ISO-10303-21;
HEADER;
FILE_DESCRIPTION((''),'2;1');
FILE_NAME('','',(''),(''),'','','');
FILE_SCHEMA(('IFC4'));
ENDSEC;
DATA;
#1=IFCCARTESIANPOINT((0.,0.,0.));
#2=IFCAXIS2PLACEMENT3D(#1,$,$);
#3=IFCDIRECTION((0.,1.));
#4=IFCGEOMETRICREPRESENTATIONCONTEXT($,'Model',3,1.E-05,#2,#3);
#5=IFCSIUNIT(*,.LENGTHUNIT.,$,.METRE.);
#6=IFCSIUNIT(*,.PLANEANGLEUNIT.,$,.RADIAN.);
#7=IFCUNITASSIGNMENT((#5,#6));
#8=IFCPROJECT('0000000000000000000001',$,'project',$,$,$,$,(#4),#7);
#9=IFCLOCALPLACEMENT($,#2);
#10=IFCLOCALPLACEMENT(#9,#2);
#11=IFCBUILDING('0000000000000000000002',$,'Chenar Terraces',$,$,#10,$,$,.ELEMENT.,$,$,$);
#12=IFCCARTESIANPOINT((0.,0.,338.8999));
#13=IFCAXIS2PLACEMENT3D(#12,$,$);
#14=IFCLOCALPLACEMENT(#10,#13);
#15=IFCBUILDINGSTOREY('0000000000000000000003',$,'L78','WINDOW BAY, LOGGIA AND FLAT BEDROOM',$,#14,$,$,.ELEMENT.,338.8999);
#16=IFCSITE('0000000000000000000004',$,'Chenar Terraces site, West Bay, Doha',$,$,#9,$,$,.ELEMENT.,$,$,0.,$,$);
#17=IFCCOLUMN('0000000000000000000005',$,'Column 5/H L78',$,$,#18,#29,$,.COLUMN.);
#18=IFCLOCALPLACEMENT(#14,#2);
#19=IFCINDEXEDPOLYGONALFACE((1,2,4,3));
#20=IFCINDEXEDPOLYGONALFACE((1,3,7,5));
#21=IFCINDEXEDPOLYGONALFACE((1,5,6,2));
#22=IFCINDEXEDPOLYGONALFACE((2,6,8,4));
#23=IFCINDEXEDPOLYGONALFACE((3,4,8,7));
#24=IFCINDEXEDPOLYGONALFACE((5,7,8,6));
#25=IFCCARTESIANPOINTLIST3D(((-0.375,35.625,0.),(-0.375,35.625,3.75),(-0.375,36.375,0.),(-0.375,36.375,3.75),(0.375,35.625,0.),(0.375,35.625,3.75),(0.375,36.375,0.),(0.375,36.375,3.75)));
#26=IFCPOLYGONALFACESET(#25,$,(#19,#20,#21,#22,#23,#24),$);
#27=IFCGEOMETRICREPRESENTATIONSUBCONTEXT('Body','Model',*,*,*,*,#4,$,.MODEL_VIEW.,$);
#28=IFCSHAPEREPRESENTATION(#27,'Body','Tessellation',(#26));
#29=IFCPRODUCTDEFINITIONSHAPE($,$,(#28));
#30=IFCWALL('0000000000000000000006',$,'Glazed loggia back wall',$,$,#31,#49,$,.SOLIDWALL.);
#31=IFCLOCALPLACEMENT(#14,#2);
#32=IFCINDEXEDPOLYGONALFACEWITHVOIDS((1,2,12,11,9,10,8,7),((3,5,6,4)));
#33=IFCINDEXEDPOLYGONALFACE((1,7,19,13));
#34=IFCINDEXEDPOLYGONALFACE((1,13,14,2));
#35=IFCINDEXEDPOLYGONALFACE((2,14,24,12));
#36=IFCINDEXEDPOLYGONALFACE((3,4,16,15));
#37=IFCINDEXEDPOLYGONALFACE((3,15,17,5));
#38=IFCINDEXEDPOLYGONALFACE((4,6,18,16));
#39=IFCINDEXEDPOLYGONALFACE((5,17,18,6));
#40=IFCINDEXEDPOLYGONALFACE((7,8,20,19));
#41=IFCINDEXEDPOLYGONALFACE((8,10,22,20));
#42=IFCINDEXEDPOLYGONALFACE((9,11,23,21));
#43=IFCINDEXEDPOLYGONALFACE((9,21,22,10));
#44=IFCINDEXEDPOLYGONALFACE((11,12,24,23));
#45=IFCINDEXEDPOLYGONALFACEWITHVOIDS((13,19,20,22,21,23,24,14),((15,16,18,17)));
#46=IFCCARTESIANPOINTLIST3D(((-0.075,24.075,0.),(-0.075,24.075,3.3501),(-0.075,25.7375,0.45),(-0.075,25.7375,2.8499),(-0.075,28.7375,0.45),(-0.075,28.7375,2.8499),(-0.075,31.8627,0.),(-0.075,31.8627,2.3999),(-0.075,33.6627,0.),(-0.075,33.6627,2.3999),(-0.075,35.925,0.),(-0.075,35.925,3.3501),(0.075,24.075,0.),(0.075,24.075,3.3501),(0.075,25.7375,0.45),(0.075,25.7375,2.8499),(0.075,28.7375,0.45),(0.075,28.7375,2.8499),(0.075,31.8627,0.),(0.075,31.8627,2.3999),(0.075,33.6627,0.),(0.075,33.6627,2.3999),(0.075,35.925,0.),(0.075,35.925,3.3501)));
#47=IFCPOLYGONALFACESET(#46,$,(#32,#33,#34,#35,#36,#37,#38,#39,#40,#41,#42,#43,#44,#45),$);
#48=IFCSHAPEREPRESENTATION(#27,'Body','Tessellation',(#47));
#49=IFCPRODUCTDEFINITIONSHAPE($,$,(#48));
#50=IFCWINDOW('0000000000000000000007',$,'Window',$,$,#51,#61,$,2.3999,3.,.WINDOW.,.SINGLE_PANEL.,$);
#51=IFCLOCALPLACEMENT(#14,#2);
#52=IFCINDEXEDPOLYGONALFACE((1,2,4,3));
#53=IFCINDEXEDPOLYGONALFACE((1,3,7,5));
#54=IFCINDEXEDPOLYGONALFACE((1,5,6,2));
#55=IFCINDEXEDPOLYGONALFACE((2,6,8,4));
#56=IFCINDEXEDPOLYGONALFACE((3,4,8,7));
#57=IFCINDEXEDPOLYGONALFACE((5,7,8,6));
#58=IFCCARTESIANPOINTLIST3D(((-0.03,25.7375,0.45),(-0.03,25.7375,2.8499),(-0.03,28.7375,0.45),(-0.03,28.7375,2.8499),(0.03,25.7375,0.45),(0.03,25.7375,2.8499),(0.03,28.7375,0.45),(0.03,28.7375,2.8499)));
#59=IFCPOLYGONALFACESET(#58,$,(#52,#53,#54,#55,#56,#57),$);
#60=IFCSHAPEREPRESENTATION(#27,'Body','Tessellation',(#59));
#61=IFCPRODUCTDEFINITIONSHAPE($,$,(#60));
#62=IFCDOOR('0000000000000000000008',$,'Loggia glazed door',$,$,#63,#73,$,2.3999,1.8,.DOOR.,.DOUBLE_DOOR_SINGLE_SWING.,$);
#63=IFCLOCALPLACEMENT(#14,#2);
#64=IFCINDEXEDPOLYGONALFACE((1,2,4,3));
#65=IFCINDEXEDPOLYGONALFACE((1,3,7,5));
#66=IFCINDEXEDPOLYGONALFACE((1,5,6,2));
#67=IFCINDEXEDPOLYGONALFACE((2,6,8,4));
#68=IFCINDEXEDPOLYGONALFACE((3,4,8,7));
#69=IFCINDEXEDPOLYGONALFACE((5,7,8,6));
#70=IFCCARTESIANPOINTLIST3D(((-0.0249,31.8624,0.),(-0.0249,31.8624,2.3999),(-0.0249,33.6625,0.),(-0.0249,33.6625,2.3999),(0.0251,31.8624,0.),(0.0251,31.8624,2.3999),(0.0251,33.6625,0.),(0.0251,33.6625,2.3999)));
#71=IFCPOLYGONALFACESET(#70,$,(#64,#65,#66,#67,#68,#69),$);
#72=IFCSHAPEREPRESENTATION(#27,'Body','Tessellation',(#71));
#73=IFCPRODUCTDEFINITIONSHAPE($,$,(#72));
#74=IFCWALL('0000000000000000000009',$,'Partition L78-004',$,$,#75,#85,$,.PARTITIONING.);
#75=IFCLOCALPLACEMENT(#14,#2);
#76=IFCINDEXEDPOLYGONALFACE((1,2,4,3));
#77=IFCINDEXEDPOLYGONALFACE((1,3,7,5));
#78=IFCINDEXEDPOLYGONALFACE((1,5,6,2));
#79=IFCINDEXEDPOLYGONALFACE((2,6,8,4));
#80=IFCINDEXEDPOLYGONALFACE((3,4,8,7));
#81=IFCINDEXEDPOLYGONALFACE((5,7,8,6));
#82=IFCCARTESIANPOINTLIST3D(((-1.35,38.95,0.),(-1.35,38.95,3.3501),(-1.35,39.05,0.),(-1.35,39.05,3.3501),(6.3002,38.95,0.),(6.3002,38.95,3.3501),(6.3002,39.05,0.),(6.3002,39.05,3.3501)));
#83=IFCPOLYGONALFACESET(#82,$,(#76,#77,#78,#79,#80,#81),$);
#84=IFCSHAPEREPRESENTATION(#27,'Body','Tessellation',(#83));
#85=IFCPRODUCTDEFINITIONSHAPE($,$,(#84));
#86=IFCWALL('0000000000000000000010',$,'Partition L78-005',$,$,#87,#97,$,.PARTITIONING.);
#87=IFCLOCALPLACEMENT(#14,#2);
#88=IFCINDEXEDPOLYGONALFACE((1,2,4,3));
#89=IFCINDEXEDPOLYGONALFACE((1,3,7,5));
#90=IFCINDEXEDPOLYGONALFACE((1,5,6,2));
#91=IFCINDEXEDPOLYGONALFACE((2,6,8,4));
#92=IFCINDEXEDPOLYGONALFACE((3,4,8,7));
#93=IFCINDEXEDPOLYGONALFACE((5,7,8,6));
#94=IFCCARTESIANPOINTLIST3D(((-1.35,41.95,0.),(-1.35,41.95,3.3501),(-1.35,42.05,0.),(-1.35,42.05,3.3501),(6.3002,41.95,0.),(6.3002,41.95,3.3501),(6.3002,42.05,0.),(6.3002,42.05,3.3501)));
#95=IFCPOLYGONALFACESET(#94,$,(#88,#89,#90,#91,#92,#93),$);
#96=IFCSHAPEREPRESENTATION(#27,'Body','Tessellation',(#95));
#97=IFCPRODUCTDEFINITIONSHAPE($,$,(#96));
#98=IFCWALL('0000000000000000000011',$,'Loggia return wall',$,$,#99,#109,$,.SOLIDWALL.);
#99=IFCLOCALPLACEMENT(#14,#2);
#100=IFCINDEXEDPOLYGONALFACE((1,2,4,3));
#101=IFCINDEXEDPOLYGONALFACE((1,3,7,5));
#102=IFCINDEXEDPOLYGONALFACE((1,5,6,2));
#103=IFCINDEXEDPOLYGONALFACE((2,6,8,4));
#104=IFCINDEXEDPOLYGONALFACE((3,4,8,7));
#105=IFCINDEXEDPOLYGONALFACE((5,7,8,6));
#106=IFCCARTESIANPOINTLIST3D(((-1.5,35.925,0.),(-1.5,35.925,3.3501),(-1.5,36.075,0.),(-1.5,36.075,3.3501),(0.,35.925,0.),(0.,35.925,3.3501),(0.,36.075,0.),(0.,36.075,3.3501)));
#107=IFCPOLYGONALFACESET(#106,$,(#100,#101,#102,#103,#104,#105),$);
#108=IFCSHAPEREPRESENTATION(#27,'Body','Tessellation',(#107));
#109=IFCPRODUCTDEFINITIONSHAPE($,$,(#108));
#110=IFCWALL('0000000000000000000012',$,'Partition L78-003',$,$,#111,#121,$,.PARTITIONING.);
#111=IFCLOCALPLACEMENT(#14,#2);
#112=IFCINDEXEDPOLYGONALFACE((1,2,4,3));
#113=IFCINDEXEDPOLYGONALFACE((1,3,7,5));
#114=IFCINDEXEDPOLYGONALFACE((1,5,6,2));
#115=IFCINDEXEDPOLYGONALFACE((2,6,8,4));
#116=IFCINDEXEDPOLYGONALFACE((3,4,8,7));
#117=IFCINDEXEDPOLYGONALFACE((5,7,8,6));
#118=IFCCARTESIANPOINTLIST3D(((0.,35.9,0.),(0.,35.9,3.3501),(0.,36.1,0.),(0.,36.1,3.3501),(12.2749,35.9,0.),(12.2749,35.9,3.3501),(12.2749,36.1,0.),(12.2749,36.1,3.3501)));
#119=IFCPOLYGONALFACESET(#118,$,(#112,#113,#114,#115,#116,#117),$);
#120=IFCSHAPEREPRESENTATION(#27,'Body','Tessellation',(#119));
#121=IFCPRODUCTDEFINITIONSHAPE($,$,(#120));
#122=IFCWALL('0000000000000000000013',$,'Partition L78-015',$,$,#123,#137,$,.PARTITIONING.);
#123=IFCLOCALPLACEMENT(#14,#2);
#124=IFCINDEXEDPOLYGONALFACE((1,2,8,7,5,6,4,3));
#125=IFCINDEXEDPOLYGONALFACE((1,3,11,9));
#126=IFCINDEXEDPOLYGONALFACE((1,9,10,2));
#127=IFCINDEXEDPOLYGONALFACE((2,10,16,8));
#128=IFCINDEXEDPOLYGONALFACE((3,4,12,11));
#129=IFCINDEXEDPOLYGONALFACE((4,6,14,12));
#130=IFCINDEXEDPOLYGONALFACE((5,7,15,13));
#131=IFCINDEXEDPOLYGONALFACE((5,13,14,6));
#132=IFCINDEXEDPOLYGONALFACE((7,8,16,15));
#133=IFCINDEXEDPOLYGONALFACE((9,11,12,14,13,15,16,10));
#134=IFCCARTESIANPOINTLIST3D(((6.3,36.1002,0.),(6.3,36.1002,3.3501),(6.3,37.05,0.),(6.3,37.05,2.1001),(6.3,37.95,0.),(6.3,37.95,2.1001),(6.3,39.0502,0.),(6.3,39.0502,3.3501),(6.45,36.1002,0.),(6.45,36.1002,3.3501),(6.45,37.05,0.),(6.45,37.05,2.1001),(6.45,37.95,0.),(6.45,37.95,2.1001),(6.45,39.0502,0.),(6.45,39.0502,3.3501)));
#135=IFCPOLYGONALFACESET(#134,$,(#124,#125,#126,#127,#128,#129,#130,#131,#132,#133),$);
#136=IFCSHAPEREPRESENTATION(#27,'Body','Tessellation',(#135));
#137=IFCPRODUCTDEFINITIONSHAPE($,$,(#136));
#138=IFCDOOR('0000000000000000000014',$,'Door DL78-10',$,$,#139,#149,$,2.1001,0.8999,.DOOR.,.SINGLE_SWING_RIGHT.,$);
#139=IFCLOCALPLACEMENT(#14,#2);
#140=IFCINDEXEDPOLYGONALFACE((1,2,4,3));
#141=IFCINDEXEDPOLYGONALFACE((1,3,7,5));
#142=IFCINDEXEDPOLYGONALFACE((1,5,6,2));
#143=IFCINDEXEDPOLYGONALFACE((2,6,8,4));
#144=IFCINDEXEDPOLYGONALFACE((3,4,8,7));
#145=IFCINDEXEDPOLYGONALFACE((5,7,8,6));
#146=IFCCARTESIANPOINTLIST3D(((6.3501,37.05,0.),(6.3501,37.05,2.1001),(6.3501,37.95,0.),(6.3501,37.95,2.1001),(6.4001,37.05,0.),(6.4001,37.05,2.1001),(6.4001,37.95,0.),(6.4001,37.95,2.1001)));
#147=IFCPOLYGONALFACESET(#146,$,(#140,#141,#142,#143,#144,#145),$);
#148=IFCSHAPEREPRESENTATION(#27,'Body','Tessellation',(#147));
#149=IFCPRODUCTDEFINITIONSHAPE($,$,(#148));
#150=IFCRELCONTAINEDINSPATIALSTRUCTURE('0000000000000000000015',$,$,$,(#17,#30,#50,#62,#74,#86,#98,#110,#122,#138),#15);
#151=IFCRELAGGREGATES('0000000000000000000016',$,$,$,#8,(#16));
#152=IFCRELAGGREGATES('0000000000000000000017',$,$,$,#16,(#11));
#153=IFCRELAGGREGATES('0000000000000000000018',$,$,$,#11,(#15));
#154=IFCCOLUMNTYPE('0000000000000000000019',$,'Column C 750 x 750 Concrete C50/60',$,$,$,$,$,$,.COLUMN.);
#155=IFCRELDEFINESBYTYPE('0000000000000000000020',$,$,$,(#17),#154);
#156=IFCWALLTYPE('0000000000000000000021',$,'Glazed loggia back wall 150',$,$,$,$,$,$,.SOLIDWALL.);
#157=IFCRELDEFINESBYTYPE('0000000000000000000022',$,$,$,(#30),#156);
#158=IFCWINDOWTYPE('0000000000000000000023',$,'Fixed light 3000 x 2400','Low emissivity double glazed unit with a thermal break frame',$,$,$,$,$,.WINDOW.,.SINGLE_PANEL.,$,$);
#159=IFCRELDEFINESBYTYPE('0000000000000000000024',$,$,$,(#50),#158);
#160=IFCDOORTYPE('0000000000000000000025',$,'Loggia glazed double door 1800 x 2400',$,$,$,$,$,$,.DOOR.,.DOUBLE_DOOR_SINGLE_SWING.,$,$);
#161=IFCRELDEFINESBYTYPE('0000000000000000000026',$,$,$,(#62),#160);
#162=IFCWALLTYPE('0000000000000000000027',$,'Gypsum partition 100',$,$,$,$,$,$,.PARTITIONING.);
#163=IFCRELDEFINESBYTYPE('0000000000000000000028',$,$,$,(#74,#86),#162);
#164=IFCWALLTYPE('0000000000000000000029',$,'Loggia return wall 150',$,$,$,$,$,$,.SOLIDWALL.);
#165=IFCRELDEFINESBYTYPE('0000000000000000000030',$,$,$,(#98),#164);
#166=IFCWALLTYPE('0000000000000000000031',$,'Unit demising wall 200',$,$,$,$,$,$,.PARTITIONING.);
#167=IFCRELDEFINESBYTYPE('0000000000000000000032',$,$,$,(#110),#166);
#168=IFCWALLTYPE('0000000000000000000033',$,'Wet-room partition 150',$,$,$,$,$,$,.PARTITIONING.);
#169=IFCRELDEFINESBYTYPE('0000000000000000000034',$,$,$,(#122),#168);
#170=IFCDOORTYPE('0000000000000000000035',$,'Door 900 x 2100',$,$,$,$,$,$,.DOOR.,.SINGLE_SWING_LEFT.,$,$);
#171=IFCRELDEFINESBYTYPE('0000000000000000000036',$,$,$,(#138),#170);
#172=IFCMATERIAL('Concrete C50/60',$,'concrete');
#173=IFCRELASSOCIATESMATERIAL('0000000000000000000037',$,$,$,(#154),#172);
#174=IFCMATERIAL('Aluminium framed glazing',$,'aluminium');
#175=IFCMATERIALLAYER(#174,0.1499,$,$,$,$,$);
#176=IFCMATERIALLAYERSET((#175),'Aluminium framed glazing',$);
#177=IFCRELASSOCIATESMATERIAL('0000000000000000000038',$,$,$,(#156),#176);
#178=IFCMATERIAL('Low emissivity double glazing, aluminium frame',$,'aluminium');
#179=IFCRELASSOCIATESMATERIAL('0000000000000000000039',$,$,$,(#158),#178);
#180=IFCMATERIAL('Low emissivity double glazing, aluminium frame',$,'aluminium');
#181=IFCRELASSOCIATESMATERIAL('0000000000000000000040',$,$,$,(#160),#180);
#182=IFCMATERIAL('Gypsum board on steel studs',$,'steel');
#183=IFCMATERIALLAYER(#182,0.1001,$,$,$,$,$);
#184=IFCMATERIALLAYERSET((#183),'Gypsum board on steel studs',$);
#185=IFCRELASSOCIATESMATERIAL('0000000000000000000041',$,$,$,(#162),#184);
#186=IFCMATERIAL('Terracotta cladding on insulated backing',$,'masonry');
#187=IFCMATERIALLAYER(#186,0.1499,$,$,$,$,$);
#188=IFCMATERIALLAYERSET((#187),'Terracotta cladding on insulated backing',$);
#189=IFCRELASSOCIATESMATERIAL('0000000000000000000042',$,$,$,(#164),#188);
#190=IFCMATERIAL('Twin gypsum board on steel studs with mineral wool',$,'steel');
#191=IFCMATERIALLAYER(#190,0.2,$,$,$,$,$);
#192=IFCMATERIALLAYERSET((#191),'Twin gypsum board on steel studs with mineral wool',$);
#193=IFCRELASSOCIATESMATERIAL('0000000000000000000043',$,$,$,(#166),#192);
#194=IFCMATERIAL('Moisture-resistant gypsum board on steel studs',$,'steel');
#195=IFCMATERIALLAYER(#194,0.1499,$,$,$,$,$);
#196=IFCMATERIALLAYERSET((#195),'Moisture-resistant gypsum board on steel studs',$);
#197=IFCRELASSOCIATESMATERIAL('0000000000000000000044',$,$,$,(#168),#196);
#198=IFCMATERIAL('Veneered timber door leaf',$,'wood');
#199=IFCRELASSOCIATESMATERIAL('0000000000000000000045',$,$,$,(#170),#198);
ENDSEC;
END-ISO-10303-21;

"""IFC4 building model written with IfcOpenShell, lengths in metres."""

from ifc_helpers import new_model, si_unit, direction, frame, frame_2d, origin, origin_2d, place, context, subcontext, project, spatial, rectangle, extrude, material, layer, layer_set, material_profile, profile_set, type_object, element, fill, save


model = new_model("IFC4")

# Units and contexts
model_context = context("Model", 3, precision=1e-05, world=origin(), true_north=direction((0.0, 1.0)))
body_context = subcontext(model_context, "Body", "Model", "MODEL_VIEW")
ifc_project = project(units=[si_unit("LENGTHUNIT", "METRE"), si_unit("PLANEANGLEUNIT", "RADIAN")], contexts=[model_context])

# Site, building, storey
site_placement = place(None, origin())
site = spatial("IfcSite", under=ifc_project, at=site_placement, Name="Chenar Terraces site, West Bay, Doha", CompositionType="ELEMENT", RefElevation=0.0)
building_placement = place(site_placement, origin())
building = spatial("IfcBuilding", under=site, at=building_placement, Name="Chenar Terraces", CompositionType="ELEMENT")
storey_placement = place(building_placement, frame((0.0, 0.0, 338.8999)))
storey = spatial("IfcBuildingStorey", under=building, at=storey_placement, Name="L78", Description="WINDOW BAY, LOGGIA AND FLAT BEDROOM", CompositionType="ELEMENT", Elevation=338.8999)

# Column
ifc_material_1 = material(Name="Concrete C50/60", Category="concrete")
ifc_material_profile_1 = material_profile(ifc_material_1, rectangle(XDim=0.75, YDim=0.75, at=origin_2d()), Name="C 750 x 750")
ifc_profile_set_1 = profile_set([ifc_material_profile_1], Name="Concrete C50/60")
column_type = type_object("IfcColumnType", Name="Column C 750 x 750 Concrete C50/60", PredefinedType="COLUMN", material=ifc_profile_set_1)
placement = place(storey_placement, frame((0.0, 36.0, 0.0), z_axis=(0.0, 0.0, 1.0), x_axis=(1.0, 0.0, 0.0)))
element("IfcColumn", 1, at=placement, inside=storey, type_object=column_type, Name="Column 5/H L78", PredefinedType="COLUMN", context=body_context, shape_type="SweptSolid", body=[
    extrude(rectangle(XDim=0.75, YDim=0.75, at=origin_2d()), origin(), (0.0, 0.0, 1.0), 3.75),
])

# Wall, openings, window, door
ifc_material_2 = material(Name="Aluminium framed glazing", Category="aluminium")
ifc_layer_1 = layer(ifc_material_2, 0.1499)
ifc_layer_set_1 = layer_set([ifc_layer_1], Name="Aluminium framed glazing")
wall_type_1 = type_object("IfcWallType", Name="Glazed loggia back wall 150", PredefinedType="SOLIDWALL", material=ifc_layer_set_1)
wall_1_placement = place(storey_placement, frame((0.0, 35.925, 0.0), z_axis=(0.0, 0.0, 1.0), x_axis=(0.0, -1.0, 0.0)))
wall_1 = element("IfcWall", 2, at=wall_1_placement, inside=storey, type_object=wall_type_1, Name="Glazed loggia back wall", PredefinedType="SOLIDWALL", context=body_context, shape_type="SweptSolid", body=[
    extrude(rectangle(XDim=11.8501, YDim=0.1499, at=frame_2d((5.925, 0.0))), origin(), (0.0, 0.0, 1.0), 3.3501),
])
opening_1_placement = place(wall_1_placement, frame((2.2625, 0.0, 0.0)))
opening_1 = element("IfcOpeningElement", 3, at=opening_1_placement, cuts=wall_1, PredefinedType="OPENING", context=body_context, shape_type="SweptSolid", body=[
    extrude(rectangle(XDim=1.8, YDim=2.3999, at=frame_2d((0.8999, 1.2))), frame((0.0, 0.085, 0.0), z_axis=(0.0, -1.0, 0.0), x_axis=(1.0, 0.0, 0.0)), (0.0, 0.0, 1.0), 0.1699),
])
opening_2_placement = place(wall_1_placement, frame((7.1875, 0.0, 0.45)))
opening_2 = element("IfcOpeningElement", 4, at=opening_2_placement, cuts=wall_1, PredefinedType="OPENING", context=body_context, shape_type="SweptSolid", body=[
    extrude(rectangle(XDim=3.0, YDim=2.3999, at=frame_2d((1.5, 1.2))), frame((0.0, 0.085, 0.0), z_axis=(0.0, -1.0, 0.0), x_axis=(1.0, 0.0, 0.0)), (0.0, 0.0, 1.0), 0.1699),
])
ifc_material_3 = material(Name="Low emissivity double glazing, aluminium frame", Category="aluminium")
window_type = type_object("IfcWindowType", Name="Fixed light 3000 x 2400", Description="Low emissivity double glazed unit with a thermal break frame", PartitioningType="SINGLE_PANEL", PredefinedType="WINDOW", material=ifc_material_3)
window_placement = place(opening_2_placement, origin())
window = element("IfcWindow", 5, at=window_placement, inside=storey, type_object=window_type, Name="Window", OverallHeight=2.3999, OverallWidth=3.0, PartitioningType="SINGLE_PANEL", PredefinedType="WINDOW", context=body_context, shape_type="SweptSolid", body=[
    extrude(rectangle(XDim=3.0, YDim=2.3999, at=frame_2d((1.5, 1.2))), frame((0.0, 0.03, 0.0), z_axis=(0.0, -1.0, 0.0), x_axis=(1.0, 0.0, 0.0)), (0.0, 0.0, 1.0), 0.0601),
])
fill(opening_2, window)
ifc_material_4 = material(Name="Low emissivity double glazing, aluminium frame", Category="aluminium")
door_type_1 = type_object("IfcDoorType", Name="Loggia glazed double door 1800 x 2400", OperationType="DOUBLE_DOOR_SINGLE_SWING", PredefinedType="DOOR", material=ifc_material_4)
door_1_placement = place(opening_1_placement, frame((1.8, 0.0, 0.0), z_axis=(0.0, 0.0, 1.0), x_axis=(-1.0, 0.0, 0.0)))
door_1 = element("IfcDoor", 6, at=door_1_placement, inside=storey, type_object=door_type_1, Name="Loggia glazed door", OperationType="DOUBLE_DOOR_SINGLE_SWING", OverallHeight=2.3999, OverallWidth=1.8, PredefinedType="DOOR", context=body_context, shape_type="SweptSolid", body=[
    extrude(rectangle(XDim=1.8, YDim=2.3999, at=frame_2d((0.8999, 1.2))), frame((0.0, 0.0249, 0.0), z_axis=(0.0, -1.0, 0.0), x_axis=(1.0, 0.0, 0.0)), (0.0, 0.0, 1.0), 0.05),
])
fill(opening_1, door_1)

# Walls
ifc_material_5 = material(Name="Gypsum board on steel studs", Category="steel")
ifc_layer_2 = layer(ifc_material_5, 0.1001)
ifc_layer_set_2 = layer_set([ifc_layer_2], Name="Gypsum board on steel studs")
wall_type_2 = type_object("IfcWallType", Name="Gypsum partition 100", PredefinedType="PARTITIONING", material=ifc_layer_set_2)
for number, where, z_axis, x_axis, name in (
    (7, (-1.3501, 39.0, 0.0), (0.0, 0.0, 1.0), (1.0, 0.0, 0.0), "Partition L78-004"),
    (8, (-1.3501, 42.0, 0.0), (0.0, 0.0, 1.0), (1.0, 0.0, 0.0), "Partition L78-005"),
):
    element("IfcWall", number, at=place(storey_placement, frame(where, z_axis=z_axis, x_axis=x_axis)), inside=storey, type_object=wall_type_2, Name=name, PredefinedType="PARTITIONING", context=body_context, shape_type="SweptSolid", body=[
        extrude(rectangle(XDim=7.6501, YDim=0.1001, at=frame_2d((3.8252, 0.0))), origin(), (0.0, 0.0, 1.0), 3.3501),
    ])
ifc_material_6 = material(Name="Terracotta cladding on insulated backing", Category="masonry")
ifc_layer_3 = layer(ifc_material_6, 0.1499)
ifc_layer_set_3 = layer_set([ifc_layer_3], Name="Terracotta cladding on insulated backing")
wall_type_3 = type_object("IfcWallType", Name="Loggia return wall 150", PredefinedType="SOLIDWALL", material=ifc_layer_set_3)
wall_2_placement = place(storey_placement, frame((-1.5, 36.0, 0.0), z_axis=(0.0, 0.0, 1.0), x_axis=(1.0, 0.0, 0.0)))
element("IfcWall", 9, at=wall_2_placement, inside=storey, type_object=wall_type_3, Name="Loggia return wall", PredefinedType="SOLIDWALL", context=body_context, shape_type="SweptSolid", body=[
    extrude(rectangle(XDim=1.5, YDim=0.1499, at=frame_2d((0.75, 0.0))), origin(), (0.0, 0.0, 1.0), 3.3501),
])
ifc_material_7 = material(Name="Twin gypsum board on steel studs with mineral wool", Category="steel")
ifc_layer_4 = layer(ifc_material_7, 0.2)
ifc_layer_set_4 = layer_set([ifc_layer_4], Name="Twin gypsum board on steel studs with mineral wool")
wall_type_4 = type_object("IfcWallType", Name="Unit demising wall 200", PredefinedType="PARTITIONING", material=ifc_layer_set_4)
element("IfcWall", 10, at=placement, inside=storey, type_object=wall_type_4, Name="Partition L78-003", PredefinedType="PARTITIONING", context=body_context, shape_type="SweptSolid", body=[
    extrude(rectangle(XDim=12.2749, YDim=0.2, at=frame_2d((6.1375, 0.0))), origin(), (0.0, 0.0, 1.0), 3.3501),
])

# Wall, opening, door
ifc_material_8 = material(Name="Moisture-resistant gypsum board on steel studs", Category="steel")
ifc_layer_5 = layer(ifc_material_8, 0.1499)
ifc_layer_set_5 = layer_set([ifc_layer_5], Name="Moisture-resistant gypsum board on steel studs")
wall_type_5 = type_object("IfcWallType", Name="Wet-room partition 150", PredefinedType="PARTITIONING", material=ifc_layer_set_5)
wall_3_placement = place(storey_placement, frame((6.375, 36.1001, 0.0), z_axis=(0.0, 0.0, 1.0), x_axis=(0.0, 1.0, 0.0)))
wall_3 = element("IfcWall", 11, at=wall_3_placement, inside=storey, type_object=wall_type_5, Name="Partition L78-015", PredefinedType="PARTITIONING", context=body_context, shape_type="SweptSolid", body=[
    extrude(rectangle(XDim=2.95, YDim=0.1499, at=frame_2d((1.4751, 0.0))), origin(), (0.0, 0.0, 1.0), 3.3501),
])
opening_3_placement = place(wall_3_placement, frame((0.95, 0.0, 0.0)))
opening_3 = element("IfcOpeningElement", 12, at=opening_3_placement, cuts=wall_3, PredefinedType="OPENING", context=body_context, shape_type="SweptSolid", body=[
    extrude(rectangle(XDim=0.8999, YDim=2.1001, at=frame_2d((0.45, 1.05))), frame((0.0, 0.085, 0.0), z_axis=(0.0, -1.0, 0.0), x_axis=(1.0, 0.0, 0.0)), (0.0, 0.0, 1.0), 0.1699),
])
ifc_material_9 = material(Name="Veneered timber door leaf", Category="wood")
door_type_2 = type_object("IfcDoorType", Name="Door 900 x 2100", OperationType="SINGLE_SWING_LEFT", PredefinedType="DOOR", material=ifc_material_9)
door_2_placement = place(opening_3_placement, origin())
door_2 = element("IfcDoor", 13, at=door_2_placement, inside=storey, type_object=door_type_2, Name="Door DL78-10", OperationType="SINGLE_SWING_RIGHT", OverallHeight=2.1001, OverallWidth=0.8999, PredefinedType="DOOR", context=body_context, shape_type="SweptSolid", body=[
    extrude(rectangle(XDim=0.8999, YDim=2.1001, at=frame_2d((0.45, 1.05))), frame((0.0, 0.0249, 0.0), z_axis=(0.0, -1.0, 0.0), x_axis=(1.0, 0.0, 0.0)), (0.0, 0.0, 1.0), 0.05),
])
fill(opening_3, door_2)

save(model, "model.ifc")
